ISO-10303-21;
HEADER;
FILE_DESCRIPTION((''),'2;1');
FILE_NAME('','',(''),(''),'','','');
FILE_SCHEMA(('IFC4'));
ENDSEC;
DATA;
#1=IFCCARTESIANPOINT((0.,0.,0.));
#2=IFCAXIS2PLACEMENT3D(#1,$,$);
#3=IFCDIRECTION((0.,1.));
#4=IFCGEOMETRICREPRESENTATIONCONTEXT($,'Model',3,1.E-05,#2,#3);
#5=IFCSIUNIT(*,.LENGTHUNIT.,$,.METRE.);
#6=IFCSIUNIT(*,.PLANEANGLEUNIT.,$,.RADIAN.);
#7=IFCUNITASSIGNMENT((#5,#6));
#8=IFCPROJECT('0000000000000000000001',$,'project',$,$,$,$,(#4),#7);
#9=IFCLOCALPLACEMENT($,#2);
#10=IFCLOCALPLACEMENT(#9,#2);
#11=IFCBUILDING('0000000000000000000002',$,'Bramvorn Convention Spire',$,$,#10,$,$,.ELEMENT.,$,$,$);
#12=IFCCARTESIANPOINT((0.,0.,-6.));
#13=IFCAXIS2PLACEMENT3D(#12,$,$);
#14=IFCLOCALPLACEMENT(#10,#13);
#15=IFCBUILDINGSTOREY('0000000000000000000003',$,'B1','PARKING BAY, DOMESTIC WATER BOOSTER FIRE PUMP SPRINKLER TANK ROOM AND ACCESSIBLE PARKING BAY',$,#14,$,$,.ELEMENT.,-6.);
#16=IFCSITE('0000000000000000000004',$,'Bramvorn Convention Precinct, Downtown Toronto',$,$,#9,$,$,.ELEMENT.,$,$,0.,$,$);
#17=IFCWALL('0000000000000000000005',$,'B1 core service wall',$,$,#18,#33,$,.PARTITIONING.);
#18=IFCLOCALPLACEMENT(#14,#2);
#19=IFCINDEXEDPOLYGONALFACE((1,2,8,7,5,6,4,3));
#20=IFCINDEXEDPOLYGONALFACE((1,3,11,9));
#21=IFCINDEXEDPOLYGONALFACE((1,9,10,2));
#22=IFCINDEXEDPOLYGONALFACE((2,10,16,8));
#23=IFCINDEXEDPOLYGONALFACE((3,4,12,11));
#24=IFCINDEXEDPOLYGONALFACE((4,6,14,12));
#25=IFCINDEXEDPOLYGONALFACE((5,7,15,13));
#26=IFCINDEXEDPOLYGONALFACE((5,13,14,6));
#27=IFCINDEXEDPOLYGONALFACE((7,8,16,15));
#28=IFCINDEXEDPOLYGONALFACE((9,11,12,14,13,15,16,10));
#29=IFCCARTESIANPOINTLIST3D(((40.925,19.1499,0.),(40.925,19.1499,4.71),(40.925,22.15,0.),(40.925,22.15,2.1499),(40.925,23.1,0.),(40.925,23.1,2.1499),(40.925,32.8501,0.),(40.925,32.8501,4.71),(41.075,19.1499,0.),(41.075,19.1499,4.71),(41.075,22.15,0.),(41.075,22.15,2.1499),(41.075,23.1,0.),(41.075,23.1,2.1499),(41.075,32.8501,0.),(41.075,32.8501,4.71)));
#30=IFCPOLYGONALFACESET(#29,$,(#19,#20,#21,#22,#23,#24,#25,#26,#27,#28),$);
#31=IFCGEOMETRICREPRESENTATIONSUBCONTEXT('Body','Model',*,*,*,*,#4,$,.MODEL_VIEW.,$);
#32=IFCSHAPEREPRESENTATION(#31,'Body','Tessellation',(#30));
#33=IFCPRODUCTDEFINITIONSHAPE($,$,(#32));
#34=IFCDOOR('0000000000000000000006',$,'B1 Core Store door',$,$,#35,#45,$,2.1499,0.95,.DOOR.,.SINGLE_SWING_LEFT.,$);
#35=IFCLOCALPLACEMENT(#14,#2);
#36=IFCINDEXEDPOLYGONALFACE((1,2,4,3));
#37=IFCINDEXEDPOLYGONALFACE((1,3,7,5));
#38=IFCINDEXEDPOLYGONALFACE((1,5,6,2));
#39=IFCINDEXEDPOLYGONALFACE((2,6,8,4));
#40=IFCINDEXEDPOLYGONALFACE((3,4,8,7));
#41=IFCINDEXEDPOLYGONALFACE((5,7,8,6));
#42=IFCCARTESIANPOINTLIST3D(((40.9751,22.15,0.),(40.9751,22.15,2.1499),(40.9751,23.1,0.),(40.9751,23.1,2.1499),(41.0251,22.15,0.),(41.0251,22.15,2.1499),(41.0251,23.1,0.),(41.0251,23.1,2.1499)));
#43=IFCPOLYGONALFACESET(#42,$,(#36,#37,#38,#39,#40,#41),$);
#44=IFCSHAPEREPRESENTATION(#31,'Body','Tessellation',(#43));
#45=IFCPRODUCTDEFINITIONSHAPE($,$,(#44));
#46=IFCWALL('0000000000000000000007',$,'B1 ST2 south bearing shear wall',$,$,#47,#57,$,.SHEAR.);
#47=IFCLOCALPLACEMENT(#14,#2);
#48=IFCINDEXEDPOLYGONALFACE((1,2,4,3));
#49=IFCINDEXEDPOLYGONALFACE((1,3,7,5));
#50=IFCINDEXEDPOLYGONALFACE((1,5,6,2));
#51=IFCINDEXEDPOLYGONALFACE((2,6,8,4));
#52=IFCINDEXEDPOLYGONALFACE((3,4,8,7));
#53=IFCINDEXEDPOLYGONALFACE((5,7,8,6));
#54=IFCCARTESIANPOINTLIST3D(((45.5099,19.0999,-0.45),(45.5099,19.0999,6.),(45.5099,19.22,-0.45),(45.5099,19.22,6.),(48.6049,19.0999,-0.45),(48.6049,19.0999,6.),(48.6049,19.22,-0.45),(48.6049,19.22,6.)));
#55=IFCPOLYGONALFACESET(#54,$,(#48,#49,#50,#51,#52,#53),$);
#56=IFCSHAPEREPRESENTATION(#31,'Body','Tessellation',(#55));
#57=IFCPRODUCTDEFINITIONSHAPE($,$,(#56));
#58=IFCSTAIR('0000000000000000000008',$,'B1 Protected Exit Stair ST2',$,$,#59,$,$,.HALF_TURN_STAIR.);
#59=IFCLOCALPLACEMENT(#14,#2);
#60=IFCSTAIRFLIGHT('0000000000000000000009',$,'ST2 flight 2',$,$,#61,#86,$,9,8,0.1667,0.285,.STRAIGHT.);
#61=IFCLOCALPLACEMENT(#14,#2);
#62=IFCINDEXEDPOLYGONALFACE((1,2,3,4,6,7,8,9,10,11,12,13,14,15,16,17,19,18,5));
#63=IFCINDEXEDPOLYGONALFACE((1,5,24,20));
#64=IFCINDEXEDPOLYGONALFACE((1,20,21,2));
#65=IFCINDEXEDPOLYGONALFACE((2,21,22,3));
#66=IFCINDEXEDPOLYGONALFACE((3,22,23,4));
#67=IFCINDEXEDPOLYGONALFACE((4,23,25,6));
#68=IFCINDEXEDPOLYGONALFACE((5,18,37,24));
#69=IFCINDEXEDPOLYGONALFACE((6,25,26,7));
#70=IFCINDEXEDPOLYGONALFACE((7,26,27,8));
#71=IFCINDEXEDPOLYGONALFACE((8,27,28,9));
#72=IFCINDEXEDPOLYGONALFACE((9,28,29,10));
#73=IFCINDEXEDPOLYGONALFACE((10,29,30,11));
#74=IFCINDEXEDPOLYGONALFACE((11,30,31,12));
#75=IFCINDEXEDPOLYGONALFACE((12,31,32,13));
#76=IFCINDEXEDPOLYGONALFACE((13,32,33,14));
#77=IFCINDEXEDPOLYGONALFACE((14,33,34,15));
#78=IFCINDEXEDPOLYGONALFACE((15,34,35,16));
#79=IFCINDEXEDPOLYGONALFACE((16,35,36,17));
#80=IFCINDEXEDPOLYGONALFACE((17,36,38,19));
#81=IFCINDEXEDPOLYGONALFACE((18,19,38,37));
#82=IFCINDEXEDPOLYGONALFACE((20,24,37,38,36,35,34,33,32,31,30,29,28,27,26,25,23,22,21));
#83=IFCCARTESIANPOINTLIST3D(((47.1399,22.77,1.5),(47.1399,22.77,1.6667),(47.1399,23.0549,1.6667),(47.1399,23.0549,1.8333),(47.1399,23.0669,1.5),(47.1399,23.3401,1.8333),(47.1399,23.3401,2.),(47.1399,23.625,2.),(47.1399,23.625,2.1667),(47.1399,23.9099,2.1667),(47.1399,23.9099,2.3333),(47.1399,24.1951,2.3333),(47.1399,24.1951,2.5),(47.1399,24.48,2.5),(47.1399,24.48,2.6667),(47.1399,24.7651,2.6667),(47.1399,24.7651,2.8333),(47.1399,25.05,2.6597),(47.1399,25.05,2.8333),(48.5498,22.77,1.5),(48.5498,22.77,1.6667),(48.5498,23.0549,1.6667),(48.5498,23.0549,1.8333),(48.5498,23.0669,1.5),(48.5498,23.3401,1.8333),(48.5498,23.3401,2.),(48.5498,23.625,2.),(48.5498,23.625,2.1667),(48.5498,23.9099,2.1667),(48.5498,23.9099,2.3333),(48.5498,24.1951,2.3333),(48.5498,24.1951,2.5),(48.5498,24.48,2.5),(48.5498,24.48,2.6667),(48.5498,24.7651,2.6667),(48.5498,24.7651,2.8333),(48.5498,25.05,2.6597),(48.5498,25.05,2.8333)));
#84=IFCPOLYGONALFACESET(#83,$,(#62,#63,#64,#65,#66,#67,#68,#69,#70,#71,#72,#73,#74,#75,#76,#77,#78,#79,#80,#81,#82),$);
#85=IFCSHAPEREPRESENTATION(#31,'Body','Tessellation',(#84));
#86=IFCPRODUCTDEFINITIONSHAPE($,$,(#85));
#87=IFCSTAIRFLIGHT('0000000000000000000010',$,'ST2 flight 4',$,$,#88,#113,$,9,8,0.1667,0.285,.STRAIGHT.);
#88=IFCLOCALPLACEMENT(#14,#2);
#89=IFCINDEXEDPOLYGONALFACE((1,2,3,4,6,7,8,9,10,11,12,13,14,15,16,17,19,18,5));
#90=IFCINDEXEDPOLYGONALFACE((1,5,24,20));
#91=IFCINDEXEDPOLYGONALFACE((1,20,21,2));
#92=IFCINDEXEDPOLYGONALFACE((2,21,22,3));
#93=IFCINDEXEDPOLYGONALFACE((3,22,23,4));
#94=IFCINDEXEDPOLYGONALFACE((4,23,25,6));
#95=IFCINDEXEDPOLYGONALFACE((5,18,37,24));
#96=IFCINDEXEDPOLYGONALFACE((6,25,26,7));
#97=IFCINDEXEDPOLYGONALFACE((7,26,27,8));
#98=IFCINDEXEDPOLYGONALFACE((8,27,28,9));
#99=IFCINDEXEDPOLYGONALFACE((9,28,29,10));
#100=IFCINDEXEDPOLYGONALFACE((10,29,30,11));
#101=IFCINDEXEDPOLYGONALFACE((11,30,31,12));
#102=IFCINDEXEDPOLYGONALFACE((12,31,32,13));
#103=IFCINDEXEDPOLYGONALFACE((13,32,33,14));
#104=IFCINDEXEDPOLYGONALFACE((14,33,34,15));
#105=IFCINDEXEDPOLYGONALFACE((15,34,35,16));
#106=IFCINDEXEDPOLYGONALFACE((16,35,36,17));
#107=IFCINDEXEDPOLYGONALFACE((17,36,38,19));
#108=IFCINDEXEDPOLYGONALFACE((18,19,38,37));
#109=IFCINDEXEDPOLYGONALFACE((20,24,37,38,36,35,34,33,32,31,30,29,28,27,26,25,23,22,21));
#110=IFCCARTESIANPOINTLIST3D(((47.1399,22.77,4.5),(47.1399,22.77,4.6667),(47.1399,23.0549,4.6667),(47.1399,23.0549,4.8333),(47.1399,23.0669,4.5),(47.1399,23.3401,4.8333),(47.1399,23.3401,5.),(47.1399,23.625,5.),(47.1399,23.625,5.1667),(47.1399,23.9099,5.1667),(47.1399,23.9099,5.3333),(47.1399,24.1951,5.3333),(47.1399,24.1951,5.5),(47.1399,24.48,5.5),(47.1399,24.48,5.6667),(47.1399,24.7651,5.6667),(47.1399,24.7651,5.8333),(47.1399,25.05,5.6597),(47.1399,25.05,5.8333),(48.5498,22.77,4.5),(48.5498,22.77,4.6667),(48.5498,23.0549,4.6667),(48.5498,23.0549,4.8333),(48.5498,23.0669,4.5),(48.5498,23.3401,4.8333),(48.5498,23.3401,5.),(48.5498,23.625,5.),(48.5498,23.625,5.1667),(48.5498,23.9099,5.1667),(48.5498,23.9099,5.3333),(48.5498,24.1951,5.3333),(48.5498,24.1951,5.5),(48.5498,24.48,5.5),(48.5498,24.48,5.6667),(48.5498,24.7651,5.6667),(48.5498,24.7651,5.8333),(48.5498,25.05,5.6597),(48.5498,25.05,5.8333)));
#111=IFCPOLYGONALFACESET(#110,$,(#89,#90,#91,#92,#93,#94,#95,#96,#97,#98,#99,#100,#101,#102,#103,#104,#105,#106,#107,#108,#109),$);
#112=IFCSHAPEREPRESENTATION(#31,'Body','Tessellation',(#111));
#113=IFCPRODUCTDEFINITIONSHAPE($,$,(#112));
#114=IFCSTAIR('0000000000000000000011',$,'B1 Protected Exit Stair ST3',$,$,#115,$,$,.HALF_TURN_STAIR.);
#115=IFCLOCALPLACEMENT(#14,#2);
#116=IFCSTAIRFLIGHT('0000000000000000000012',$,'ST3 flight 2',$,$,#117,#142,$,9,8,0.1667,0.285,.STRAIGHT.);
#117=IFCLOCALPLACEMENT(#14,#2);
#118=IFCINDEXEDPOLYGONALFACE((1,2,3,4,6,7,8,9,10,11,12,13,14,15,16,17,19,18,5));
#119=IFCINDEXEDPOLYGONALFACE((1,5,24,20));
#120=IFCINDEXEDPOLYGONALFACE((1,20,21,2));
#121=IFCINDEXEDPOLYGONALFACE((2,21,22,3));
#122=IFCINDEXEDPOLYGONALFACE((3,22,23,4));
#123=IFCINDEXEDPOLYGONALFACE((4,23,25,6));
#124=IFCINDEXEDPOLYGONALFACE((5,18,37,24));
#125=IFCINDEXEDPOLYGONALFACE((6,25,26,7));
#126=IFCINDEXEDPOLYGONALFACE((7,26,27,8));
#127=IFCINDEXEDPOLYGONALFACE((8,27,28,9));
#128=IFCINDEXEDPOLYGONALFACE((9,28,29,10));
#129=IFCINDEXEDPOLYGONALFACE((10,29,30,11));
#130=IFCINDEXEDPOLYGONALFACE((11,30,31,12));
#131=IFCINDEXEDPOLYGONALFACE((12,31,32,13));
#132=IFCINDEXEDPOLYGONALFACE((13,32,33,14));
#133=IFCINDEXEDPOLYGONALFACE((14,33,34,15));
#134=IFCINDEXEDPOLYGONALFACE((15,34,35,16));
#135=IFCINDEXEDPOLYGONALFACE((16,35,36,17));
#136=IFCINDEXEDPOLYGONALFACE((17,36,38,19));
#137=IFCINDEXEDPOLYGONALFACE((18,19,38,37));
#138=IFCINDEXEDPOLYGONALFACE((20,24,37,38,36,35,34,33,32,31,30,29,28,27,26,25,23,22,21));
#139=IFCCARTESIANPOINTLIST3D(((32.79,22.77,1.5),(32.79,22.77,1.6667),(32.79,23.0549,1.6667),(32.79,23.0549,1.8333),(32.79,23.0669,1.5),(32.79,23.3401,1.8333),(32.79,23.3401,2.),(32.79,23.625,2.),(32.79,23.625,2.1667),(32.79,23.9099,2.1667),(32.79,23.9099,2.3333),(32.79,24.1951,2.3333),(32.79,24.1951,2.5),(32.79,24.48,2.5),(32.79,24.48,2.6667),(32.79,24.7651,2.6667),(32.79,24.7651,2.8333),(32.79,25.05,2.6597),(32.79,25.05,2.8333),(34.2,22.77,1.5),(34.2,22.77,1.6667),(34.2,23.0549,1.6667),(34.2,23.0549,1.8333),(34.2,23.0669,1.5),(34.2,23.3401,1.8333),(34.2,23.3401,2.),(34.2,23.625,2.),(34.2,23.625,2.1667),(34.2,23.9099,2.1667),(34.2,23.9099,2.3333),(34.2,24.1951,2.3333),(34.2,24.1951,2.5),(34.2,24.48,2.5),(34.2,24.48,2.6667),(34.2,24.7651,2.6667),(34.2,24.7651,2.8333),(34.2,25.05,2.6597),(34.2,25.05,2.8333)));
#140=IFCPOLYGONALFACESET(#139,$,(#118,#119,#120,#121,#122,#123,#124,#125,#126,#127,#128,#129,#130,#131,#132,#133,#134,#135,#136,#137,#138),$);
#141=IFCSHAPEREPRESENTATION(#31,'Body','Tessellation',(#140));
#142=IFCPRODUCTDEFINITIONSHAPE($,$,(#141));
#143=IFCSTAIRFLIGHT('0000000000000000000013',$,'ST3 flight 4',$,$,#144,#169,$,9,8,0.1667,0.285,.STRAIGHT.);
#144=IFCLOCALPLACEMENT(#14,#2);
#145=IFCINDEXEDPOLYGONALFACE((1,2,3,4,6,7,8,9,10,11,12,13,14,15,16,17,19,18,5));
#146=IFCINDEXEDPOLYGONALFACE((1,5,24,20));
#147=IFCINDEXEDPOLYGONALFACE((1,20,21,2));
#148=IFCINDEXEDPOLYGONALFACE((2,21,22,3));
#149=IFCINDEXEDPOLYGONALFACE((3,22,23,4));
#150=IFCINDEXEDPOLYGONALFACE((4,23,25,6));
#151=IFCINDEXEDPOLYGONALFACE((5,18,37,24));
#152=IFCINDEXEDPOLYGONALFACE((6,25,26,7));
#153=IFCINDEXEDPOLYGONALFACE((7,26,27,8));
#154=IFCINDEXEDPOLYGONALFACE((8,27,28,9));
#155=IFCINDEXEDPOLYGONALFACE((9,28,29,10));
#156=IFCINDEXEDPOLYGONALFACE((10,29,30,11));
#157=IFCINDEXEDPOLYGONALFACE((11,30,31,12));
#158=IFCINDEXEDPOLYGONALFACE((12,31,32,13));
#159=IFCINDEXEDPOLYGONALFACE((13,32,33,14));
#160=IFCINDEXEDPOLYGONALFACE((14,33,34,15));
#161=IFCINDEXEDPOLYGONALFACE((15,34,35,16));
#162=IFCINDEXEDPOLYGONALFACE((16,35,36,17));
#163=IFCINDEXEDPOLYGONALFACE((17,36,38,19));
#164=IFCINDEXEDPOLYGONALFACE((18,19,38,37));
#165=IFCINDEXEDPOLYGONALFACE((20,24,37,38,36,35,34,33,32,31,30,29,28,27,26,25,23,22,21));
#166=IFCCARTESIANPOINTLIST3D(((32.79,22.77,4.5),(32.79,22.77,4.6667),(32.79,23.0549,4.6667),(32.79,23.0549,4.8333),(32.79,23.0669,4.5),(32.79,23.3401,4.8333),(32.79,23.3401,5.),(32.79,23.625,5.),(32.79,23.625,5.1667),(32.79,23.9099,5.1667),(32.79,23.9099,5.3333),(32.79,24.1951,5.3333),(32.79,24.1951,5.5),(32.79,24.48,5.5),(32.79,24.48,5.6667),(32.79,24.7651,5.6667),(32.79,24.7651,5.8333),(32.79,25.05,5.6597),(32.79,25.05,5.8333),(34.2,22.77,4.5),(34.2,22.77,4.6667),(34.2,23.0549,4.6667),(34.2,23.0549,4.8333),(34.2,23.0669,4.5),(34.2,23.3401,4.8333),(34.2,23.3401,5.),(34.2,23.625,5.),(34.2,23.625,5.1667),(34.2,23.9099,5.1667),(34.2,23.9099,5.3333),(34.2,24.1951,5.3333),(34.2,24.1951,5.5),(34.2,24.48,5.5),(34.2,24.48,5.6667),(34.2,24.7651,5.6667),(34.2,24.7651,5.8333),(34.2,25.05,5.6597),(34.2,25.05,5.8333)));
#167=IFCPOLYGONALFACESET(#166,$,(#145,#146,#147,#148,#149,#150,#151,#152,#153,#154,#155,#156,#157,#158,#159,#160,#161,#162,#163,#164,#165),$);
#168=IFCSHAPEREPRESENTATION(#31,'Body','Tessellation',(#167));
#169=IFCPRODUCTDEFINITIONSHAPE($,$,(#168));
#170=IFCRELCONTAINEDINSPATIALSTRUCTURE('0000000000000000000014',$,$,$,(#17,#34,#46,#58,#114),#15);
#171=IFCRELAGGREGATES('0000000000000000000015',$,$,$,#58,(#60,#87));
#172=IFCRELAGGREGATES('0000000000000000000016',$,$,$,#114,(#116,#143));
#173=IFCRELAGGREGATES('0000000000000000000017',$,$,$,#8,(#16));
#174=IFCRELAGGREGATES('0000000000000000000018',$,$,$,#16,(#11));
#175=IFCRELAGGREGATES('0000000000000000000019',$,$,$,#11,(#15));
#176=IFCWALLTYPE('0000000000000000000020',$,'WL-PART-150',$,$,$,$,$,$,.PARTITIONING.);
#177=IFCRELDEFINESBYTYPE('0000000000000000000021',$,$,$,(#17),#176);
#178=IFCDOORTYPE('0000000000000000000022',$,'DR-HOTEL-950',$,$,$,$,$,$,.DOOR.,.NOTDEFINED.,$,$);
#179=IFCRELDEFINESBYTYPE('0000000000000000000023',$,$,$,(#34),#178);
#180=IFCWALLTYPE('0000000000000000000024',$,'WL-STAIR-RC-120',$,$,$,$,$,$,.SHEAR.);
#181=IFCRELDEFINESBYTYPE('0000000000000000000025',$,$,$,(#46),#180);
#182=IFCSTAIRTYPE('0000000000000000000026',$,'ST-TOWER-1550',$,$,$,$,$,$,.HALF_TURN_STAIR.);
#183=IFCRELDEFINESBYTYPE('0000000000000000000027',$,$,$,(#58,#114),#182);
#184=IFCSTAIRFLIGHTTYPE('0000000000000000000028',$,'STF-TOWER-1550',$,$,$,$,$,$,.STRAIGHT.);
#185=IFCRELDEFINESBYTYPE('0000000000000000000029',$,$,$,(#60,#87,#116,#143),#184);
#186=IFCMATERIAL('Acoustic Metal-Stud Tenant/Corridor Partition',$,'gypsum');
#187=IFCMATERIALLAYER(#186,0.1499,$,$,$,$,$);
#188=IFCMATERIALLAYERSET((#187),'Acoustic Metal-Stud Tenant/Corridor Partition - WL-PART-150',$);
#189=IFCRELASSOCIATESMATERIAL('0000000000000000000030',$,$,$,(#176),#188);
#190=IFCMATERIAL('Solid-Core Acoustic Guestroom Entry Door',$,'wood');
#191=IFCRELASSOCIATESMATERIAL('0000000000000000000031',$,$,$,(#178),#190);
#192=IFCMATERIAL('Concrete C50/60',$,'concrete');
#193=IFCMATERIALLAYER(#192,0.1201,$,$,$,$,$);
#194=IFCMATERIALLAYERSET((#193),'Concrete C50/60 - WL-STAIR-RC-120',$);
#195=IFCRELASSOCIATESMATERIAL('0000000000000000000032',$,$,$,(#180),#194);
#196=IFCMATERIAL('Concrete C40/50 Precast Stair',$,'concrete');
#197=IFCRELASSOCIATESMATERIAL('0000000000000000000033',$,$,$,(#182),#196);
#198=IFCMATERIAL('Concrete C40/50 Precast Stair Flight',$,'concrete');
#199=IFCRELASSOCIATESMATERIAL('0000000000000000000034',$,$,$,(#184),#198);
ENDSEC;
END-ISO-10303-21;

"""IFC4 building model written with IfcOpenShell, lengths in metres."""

from ifc_helpers import new_model, si_unit, direction, frame, frame_2d, origin, place, context, subcontext, project, spatial, polyline, rectangle, outline, extrude, material, layer, layer_set, type_object, element, fill, aggregate, save


model = new_model("IFC4")

# Units and contexts
model_context = context("Model", 3, precision=1e-05, world=origin(), true_north=direction((0.0, 1.0)))
body_context = subcontext(model_context, "Body", "Model", "MODEL_VIEW")
ifc_project = project(units=[si_unit("LENGTHUNIT", "METRE"), si_unit("PLANEANGLEUNIT", "RADIAN")], contexts=[model_context])

# Site, building, storey
site_placement = place(None, origin())
site = spatial("IfcSite", under=ifc_project, at=site_placement, Name="Bramvorn Convention Precinct, Downtown Toronto", CompositionType="ELEMENT", RefElevation=0.0)
building_placement = place(site_placement, origin())
building = spatial("IfcBuilding", under=site, at=building_placement, Name="Bramvorn Convention Spire", CompositionType="ELEMENT")
storey_placement = place(building_placement, frame((0.0, 0.0, -6.0)))
storey = spatial("IfcBuildingStorey", under=building, at=storey_placement, Name="B1", Description="PARKING BAY, DOMESTIC WATER BOOSTER FIRE PUMP SPRINKLER TANK ROOM AND ACCESSIBLE PARKING BAY", CompositionType="ELEMENT", Elevation=-6.0)

# Wall, opening, door
ifc_material_1 = material(Name="Acoustic Metal-Stud Tenant/Corridor Partition", Category="gypsum")
ifc_layer_1 = layer(ifc_material_1, 0.1499)
ifc_layer_set_1 = layer_set([ifc_layer_1], Name="Acoustic Metal-Stud Tenant/Corridor Partition - WL-PART-150")
wall_type_1 = type_object("IfcWallType", Name="WL-PART-150", PredefinedType="PARTITIONING", material=ifc_layer_set_1)
wall_1_placement = place(storey_placement, frame((41.0, 19.1499, 0.0), z_axis=(0.0, 0.0, 1.0), x_axis=(0.0, 1.0, 0.0)))
wall_1 = element("IfcWall", 1, at=wall_1_placement, inside=storey, type_object=wall_type_1, Name="B1 core service wall", PredefinedType="PARTITIONING", context=body_context, shape_type="SweptSolid", body=[
    extrude(rectangle(XDim=13.7002, YDim=0.1499, at=frame_2d((6.8501, 0.0))), origin(), (0.0, 0.0, 1.0), 4.71),
])
opening_placement = place(wall_1_placement, frame((3.0, 0.0, 0.0)))
opening = element("IfcOpeningElement", 2, at=opening_placement, cuts=wall_1, PredefinedType="OPENING", context=body_context, shape_type="SweptSolid", body=[
    extrude(rectangle(XDim=0.95, YDim=2.1499, at=frame_2d((0.4751, 1.075))), frame((0.0, 0.085, 0.0), z_axis=(0.0, -1.0, 0.0), x_axis=(1.0, 0.0, 0.0)), (0.0, 0.0, 1.0), 0.1699),
])
ifc_material_2 = material(Name="Solid-Core Acoustic Guestroom Entry Door", Category="wood")
door_type = type_object("IfcDoorType", Name="DR-HOTEL-950", OperationType="NOTDEFINED", PredefinedType="DOOR", material=ifc_material_2)
door_placement = place(opening_placement, origin())
door = element("IfcDoor", 3, at=door_placement, inside=storey, type_object=door_type, Name="B1 Core Store door", OperationType="SINGLE_SWING_LEFT", OverallHeight=2.1499, OverallWidth=0.95, PredefinedType="DOOR", context=body_context, shape_type="SweptSolid", body=[
    extrude(rectangle(XDim=0.95, YDim=2.1499, at=frame_2d((0.4751, 1.075))), frame((0.0, 0.0249, 0.0), z_axis=(0.0, -1.0, 0.0), x_axis=(1.0, 0.0, 0.0)), (0.0, 0.0, 1.0), 0.05),
])
fill(opening, door)

# Wall
ifc_material_3 = material(Name="Concrete C50/60", Category="concrete")
ifc_layer_2 = layer(ifc_material_3, 0.1201)
ifc_layer_set_2 = layer_set([ifc_layer_2], Name="Concrete C50/60 - WL-STAIR-RC-120")
wall_type_2 = type_object("IfcWallType", Name="WL-STAIR-RC-120", PredefinedType="SHEAR", material=ifc_layer_set_2)
wall_2_placement = place(storey_placement, frame((45.51, 19.1599, -0.45), z_axis=(0.0, 0.0, 1.0), x_axis=(1.0, 0.0, 0.0)))
element("IfcWall", 4, at=wall_2_placement, inside=storey, type_object=wall_type_2, Name="B1 ST2 south bearing shear wall", PredefinedType="SHEAR", context=body_context, shape_type="SweptSolid", body=[
    extrude(rectangle(XDim=3.095, YDim=0.1201, at=frame_2d((1.5474, 0.0))), origin(), (0.0, 0.0, 1.0), 6.45),
])

# Stairs, stair flights
ifc_material_4 = material(Name="Concrete C40/50 Precast Stair", Category="concrete")
stair_type = type_object("IfcStairType", Name="ST-TOWER-1550", PredefinedType="HALF_TURN_STAIR", material=ifc_material_4)
stair_1_placement = place(storey_placement, origin())
stair_1 = element("IfcStair", 5, at=stair_1_placement, inside=storey, type_object=stair_type, Name="B1 Protected Exit Stair ST2", PredefinedType="HALF_TURN_STAIR")
ifc_material_5 = material(Name="Concrete C40/50 Precast Stair Flight", Category="concrete")
stair_flight_type = type_object("IfcStairFlightType", Name="STF-TOWER-1550", PredefinedType="STRAIGHT", material=ifc_material_5)
stair_flight_1_placement = place(storey_placement, frame((47.845, 22.77, 1.5), z_axis=(0.0, 0.0, 1.0), x_axis=(0.0, 1.0, 0.0)))
stair_flight_1 = element("IfcStairFlight", 6, at=stair_flight_1_placement, type_object=stair_flight_type, Name="ST2 flight 2", NumberOfRisers=9, NumberOfTreads=8, PredefinedType="STRAIGHT", RiserHeight=0.1667, TreadLength=0.285, context=body_context, shape_type="SweptSolid", body=[
    extrude(outline(polyline([(0.0, 0.0), (0.0, 0.1667), (0.2849, 0.1667), (0.2849, 0.3333), (0.5701, 0.3333), (0.5701, 0.5), (0.855, 0.5), (0.855, 0.6667), (1.1399, 0.6667), (1.1399, 0.8333), (1.425, 0.8333), (1.425, 1.0), (1.71, 1.0), (1.71, 1.1667), (1.9951, 1.1667), (1.9951, 1.3333), (2.28, 1.3333), (2.28, 1.5), (2.28, 1.1597), (0.2969, 0.0), (0.0, 0.0)])), frame((0.0, 0.7051, 0.0), z_axis=(0.0, -1.0, 0.0), x_axis=(1.0, 0.0, 0.0)), (0.0, 0.0, 1.0), 1.4099),
])
stair_flight_2_placement = place(storey_placement, frame((47.845, 22.77, 4.5), z_axis=(0.0, 0.0, 1.0), x_axis=(0.0, 1.0, 0.0)))
stair_flight_2 = element("IfcStairFlight", 7, at=stair_flight_2_placement, type_object=stair_flight_type, Name="ST2 flight 4", NumberOfRisers=9, NumberOfTreads=8, PredefinedType="STRAIGHT", RiserHeight=0.1667, TreadLength=0.285, context=body_context, shape_type="SweptSolid", body=[
    extrude(outline(polyline([(0.0, 0.0), (0.0, 0.1667), (0.2849, 0.1667), (0.2849, 0.3333), (0.5701, 0.3333), (0.5701, 0.5), (0.855, 0.5), (0.855, 0.6667), (1.1399, 0.6667), (1.1399, 0.8333), (1.425, 0.8333), (1.425, 1.0), (1.71, 1.0), (1.71, 1.1667), (1.9951, 1.1667), (1.9951, 1.3333), (2.28, 1.3333), (2.28, 1.5), (2.28, 1.1597), (0.2969, 0.0), (0.0, 0.0)])), frame((0.0, 0.7051, 0.0), z_axis=(0.0, -1.0, 0.0), x_axis=(1.0, 0.0, 0.0)), (0.0, 0.0, 1.0), 1.4099),
])
aggregate(stair_1, [stair_flight_1, stair_flight_2])
stair_2_placement = place(storey_placement, origin())
stair_2 = element("IfcStair", 8, at=stair_2_placement, inside=storey, type_object=stair_type, Name="B1 Protected Exit Stair ST3", PredefinedType="HALF_TURN_STAIR")
stair_flight_3_placement = place(storey_placement, frame((33.4951, 22.77, 1.5), z_axis=(0.0, 0.0, 1.0), x_axis=(0.0, 1.0, 0.0)))
stair_flight_3 = element("IfcStairFlight", 9, at=stair_flight_3_placement, type_object=stair_flight_type, Name="ST3 flight 2", NumberOfRisers=9, NumberOfTreads=8, PredefinedType="STRAIGHT", RiserHeight=0.1667, TreadLength=0.285, context=body_context, shape_type="SweptSolid", body=[
    extrude(outline(polyline([(0.0, 0.0), (0.0, 0.1667), (0.2849, 0.1667), (0.2849, 0.3333), (0.5701, 0.3333), (0.5701, 0.5), (0.855, 0.5), (0.855, 0.6667), (1.1399, 0.6667), (1.1399, 0.8333), (1.425, 0.8333), (1.425, 1.0), (1.71, 1.0), (1.71, 1.1667), (1.9951, 1.1667), (1.9951, 1.3333), (2.28, 1.3333), (2.28, 1.5), (2.28, 1.1597), (0.2969, 0.0), (0.0, 0.0)])), frame((0.0, 0.7051, 0.0), z_axis=(0.0, -1.0, 0.0), x_axis=(1.0, 0.0, 0.0)), (0.0, 0.0, 1.0), 1.4099),
])
stair_flight_4_placement = place(storey_placement, frame((33.4951, 22.77, 4.5), z_axis=(0.0, 0.0, 1.0), x_axis=(0.0, 1.0, 0.0)))
stair_flight_4 = element("IfcStairFlight", 10, at=stair_flight_4_placement, type_object=stair_flight_type, Name="ST3 flight 4", NumberOfRisers=9, NumberOfTreads=8, PredefinedType="STRAIGHT", RiserHeight=0.1667, TreadLength=0.285, context=body_context, shape_type="SweptSolid", body=[
    extrude(outline(polyline([(0.0, 0.0), (0.0, 0.1667), (0.2849, 0.1667), (0.2849, 0.3333), (0.5701, 0.3333), (0.5701, 0.5), (0.855, 0.5), (0.855, 0.6667), (1.1399, 0.6667), (1.1399, 0.8333), (1.425, 0.8333), (1.425, 1.0), (1.71, 1.0), (1.71, 1.1667), (1.9951, 1.1667), (1.9951, 1.3333), (2.28, 1.3333), (2.28, 1.5), (2.28, 1.1597), (0.2969, 0.0), (0.0, 0.0)])), frame((0.0, 0.7051, 0.0), z_axis=(0.0, -1.0, 0.0), x_axis=(1.0, 0.0, 0.0)), (0.0, 0.0, 1.0), 1.4099),
])
aggregate(stair_2, [stair_flight_3, stair_flight_4])

save(model, "model.ifc")
